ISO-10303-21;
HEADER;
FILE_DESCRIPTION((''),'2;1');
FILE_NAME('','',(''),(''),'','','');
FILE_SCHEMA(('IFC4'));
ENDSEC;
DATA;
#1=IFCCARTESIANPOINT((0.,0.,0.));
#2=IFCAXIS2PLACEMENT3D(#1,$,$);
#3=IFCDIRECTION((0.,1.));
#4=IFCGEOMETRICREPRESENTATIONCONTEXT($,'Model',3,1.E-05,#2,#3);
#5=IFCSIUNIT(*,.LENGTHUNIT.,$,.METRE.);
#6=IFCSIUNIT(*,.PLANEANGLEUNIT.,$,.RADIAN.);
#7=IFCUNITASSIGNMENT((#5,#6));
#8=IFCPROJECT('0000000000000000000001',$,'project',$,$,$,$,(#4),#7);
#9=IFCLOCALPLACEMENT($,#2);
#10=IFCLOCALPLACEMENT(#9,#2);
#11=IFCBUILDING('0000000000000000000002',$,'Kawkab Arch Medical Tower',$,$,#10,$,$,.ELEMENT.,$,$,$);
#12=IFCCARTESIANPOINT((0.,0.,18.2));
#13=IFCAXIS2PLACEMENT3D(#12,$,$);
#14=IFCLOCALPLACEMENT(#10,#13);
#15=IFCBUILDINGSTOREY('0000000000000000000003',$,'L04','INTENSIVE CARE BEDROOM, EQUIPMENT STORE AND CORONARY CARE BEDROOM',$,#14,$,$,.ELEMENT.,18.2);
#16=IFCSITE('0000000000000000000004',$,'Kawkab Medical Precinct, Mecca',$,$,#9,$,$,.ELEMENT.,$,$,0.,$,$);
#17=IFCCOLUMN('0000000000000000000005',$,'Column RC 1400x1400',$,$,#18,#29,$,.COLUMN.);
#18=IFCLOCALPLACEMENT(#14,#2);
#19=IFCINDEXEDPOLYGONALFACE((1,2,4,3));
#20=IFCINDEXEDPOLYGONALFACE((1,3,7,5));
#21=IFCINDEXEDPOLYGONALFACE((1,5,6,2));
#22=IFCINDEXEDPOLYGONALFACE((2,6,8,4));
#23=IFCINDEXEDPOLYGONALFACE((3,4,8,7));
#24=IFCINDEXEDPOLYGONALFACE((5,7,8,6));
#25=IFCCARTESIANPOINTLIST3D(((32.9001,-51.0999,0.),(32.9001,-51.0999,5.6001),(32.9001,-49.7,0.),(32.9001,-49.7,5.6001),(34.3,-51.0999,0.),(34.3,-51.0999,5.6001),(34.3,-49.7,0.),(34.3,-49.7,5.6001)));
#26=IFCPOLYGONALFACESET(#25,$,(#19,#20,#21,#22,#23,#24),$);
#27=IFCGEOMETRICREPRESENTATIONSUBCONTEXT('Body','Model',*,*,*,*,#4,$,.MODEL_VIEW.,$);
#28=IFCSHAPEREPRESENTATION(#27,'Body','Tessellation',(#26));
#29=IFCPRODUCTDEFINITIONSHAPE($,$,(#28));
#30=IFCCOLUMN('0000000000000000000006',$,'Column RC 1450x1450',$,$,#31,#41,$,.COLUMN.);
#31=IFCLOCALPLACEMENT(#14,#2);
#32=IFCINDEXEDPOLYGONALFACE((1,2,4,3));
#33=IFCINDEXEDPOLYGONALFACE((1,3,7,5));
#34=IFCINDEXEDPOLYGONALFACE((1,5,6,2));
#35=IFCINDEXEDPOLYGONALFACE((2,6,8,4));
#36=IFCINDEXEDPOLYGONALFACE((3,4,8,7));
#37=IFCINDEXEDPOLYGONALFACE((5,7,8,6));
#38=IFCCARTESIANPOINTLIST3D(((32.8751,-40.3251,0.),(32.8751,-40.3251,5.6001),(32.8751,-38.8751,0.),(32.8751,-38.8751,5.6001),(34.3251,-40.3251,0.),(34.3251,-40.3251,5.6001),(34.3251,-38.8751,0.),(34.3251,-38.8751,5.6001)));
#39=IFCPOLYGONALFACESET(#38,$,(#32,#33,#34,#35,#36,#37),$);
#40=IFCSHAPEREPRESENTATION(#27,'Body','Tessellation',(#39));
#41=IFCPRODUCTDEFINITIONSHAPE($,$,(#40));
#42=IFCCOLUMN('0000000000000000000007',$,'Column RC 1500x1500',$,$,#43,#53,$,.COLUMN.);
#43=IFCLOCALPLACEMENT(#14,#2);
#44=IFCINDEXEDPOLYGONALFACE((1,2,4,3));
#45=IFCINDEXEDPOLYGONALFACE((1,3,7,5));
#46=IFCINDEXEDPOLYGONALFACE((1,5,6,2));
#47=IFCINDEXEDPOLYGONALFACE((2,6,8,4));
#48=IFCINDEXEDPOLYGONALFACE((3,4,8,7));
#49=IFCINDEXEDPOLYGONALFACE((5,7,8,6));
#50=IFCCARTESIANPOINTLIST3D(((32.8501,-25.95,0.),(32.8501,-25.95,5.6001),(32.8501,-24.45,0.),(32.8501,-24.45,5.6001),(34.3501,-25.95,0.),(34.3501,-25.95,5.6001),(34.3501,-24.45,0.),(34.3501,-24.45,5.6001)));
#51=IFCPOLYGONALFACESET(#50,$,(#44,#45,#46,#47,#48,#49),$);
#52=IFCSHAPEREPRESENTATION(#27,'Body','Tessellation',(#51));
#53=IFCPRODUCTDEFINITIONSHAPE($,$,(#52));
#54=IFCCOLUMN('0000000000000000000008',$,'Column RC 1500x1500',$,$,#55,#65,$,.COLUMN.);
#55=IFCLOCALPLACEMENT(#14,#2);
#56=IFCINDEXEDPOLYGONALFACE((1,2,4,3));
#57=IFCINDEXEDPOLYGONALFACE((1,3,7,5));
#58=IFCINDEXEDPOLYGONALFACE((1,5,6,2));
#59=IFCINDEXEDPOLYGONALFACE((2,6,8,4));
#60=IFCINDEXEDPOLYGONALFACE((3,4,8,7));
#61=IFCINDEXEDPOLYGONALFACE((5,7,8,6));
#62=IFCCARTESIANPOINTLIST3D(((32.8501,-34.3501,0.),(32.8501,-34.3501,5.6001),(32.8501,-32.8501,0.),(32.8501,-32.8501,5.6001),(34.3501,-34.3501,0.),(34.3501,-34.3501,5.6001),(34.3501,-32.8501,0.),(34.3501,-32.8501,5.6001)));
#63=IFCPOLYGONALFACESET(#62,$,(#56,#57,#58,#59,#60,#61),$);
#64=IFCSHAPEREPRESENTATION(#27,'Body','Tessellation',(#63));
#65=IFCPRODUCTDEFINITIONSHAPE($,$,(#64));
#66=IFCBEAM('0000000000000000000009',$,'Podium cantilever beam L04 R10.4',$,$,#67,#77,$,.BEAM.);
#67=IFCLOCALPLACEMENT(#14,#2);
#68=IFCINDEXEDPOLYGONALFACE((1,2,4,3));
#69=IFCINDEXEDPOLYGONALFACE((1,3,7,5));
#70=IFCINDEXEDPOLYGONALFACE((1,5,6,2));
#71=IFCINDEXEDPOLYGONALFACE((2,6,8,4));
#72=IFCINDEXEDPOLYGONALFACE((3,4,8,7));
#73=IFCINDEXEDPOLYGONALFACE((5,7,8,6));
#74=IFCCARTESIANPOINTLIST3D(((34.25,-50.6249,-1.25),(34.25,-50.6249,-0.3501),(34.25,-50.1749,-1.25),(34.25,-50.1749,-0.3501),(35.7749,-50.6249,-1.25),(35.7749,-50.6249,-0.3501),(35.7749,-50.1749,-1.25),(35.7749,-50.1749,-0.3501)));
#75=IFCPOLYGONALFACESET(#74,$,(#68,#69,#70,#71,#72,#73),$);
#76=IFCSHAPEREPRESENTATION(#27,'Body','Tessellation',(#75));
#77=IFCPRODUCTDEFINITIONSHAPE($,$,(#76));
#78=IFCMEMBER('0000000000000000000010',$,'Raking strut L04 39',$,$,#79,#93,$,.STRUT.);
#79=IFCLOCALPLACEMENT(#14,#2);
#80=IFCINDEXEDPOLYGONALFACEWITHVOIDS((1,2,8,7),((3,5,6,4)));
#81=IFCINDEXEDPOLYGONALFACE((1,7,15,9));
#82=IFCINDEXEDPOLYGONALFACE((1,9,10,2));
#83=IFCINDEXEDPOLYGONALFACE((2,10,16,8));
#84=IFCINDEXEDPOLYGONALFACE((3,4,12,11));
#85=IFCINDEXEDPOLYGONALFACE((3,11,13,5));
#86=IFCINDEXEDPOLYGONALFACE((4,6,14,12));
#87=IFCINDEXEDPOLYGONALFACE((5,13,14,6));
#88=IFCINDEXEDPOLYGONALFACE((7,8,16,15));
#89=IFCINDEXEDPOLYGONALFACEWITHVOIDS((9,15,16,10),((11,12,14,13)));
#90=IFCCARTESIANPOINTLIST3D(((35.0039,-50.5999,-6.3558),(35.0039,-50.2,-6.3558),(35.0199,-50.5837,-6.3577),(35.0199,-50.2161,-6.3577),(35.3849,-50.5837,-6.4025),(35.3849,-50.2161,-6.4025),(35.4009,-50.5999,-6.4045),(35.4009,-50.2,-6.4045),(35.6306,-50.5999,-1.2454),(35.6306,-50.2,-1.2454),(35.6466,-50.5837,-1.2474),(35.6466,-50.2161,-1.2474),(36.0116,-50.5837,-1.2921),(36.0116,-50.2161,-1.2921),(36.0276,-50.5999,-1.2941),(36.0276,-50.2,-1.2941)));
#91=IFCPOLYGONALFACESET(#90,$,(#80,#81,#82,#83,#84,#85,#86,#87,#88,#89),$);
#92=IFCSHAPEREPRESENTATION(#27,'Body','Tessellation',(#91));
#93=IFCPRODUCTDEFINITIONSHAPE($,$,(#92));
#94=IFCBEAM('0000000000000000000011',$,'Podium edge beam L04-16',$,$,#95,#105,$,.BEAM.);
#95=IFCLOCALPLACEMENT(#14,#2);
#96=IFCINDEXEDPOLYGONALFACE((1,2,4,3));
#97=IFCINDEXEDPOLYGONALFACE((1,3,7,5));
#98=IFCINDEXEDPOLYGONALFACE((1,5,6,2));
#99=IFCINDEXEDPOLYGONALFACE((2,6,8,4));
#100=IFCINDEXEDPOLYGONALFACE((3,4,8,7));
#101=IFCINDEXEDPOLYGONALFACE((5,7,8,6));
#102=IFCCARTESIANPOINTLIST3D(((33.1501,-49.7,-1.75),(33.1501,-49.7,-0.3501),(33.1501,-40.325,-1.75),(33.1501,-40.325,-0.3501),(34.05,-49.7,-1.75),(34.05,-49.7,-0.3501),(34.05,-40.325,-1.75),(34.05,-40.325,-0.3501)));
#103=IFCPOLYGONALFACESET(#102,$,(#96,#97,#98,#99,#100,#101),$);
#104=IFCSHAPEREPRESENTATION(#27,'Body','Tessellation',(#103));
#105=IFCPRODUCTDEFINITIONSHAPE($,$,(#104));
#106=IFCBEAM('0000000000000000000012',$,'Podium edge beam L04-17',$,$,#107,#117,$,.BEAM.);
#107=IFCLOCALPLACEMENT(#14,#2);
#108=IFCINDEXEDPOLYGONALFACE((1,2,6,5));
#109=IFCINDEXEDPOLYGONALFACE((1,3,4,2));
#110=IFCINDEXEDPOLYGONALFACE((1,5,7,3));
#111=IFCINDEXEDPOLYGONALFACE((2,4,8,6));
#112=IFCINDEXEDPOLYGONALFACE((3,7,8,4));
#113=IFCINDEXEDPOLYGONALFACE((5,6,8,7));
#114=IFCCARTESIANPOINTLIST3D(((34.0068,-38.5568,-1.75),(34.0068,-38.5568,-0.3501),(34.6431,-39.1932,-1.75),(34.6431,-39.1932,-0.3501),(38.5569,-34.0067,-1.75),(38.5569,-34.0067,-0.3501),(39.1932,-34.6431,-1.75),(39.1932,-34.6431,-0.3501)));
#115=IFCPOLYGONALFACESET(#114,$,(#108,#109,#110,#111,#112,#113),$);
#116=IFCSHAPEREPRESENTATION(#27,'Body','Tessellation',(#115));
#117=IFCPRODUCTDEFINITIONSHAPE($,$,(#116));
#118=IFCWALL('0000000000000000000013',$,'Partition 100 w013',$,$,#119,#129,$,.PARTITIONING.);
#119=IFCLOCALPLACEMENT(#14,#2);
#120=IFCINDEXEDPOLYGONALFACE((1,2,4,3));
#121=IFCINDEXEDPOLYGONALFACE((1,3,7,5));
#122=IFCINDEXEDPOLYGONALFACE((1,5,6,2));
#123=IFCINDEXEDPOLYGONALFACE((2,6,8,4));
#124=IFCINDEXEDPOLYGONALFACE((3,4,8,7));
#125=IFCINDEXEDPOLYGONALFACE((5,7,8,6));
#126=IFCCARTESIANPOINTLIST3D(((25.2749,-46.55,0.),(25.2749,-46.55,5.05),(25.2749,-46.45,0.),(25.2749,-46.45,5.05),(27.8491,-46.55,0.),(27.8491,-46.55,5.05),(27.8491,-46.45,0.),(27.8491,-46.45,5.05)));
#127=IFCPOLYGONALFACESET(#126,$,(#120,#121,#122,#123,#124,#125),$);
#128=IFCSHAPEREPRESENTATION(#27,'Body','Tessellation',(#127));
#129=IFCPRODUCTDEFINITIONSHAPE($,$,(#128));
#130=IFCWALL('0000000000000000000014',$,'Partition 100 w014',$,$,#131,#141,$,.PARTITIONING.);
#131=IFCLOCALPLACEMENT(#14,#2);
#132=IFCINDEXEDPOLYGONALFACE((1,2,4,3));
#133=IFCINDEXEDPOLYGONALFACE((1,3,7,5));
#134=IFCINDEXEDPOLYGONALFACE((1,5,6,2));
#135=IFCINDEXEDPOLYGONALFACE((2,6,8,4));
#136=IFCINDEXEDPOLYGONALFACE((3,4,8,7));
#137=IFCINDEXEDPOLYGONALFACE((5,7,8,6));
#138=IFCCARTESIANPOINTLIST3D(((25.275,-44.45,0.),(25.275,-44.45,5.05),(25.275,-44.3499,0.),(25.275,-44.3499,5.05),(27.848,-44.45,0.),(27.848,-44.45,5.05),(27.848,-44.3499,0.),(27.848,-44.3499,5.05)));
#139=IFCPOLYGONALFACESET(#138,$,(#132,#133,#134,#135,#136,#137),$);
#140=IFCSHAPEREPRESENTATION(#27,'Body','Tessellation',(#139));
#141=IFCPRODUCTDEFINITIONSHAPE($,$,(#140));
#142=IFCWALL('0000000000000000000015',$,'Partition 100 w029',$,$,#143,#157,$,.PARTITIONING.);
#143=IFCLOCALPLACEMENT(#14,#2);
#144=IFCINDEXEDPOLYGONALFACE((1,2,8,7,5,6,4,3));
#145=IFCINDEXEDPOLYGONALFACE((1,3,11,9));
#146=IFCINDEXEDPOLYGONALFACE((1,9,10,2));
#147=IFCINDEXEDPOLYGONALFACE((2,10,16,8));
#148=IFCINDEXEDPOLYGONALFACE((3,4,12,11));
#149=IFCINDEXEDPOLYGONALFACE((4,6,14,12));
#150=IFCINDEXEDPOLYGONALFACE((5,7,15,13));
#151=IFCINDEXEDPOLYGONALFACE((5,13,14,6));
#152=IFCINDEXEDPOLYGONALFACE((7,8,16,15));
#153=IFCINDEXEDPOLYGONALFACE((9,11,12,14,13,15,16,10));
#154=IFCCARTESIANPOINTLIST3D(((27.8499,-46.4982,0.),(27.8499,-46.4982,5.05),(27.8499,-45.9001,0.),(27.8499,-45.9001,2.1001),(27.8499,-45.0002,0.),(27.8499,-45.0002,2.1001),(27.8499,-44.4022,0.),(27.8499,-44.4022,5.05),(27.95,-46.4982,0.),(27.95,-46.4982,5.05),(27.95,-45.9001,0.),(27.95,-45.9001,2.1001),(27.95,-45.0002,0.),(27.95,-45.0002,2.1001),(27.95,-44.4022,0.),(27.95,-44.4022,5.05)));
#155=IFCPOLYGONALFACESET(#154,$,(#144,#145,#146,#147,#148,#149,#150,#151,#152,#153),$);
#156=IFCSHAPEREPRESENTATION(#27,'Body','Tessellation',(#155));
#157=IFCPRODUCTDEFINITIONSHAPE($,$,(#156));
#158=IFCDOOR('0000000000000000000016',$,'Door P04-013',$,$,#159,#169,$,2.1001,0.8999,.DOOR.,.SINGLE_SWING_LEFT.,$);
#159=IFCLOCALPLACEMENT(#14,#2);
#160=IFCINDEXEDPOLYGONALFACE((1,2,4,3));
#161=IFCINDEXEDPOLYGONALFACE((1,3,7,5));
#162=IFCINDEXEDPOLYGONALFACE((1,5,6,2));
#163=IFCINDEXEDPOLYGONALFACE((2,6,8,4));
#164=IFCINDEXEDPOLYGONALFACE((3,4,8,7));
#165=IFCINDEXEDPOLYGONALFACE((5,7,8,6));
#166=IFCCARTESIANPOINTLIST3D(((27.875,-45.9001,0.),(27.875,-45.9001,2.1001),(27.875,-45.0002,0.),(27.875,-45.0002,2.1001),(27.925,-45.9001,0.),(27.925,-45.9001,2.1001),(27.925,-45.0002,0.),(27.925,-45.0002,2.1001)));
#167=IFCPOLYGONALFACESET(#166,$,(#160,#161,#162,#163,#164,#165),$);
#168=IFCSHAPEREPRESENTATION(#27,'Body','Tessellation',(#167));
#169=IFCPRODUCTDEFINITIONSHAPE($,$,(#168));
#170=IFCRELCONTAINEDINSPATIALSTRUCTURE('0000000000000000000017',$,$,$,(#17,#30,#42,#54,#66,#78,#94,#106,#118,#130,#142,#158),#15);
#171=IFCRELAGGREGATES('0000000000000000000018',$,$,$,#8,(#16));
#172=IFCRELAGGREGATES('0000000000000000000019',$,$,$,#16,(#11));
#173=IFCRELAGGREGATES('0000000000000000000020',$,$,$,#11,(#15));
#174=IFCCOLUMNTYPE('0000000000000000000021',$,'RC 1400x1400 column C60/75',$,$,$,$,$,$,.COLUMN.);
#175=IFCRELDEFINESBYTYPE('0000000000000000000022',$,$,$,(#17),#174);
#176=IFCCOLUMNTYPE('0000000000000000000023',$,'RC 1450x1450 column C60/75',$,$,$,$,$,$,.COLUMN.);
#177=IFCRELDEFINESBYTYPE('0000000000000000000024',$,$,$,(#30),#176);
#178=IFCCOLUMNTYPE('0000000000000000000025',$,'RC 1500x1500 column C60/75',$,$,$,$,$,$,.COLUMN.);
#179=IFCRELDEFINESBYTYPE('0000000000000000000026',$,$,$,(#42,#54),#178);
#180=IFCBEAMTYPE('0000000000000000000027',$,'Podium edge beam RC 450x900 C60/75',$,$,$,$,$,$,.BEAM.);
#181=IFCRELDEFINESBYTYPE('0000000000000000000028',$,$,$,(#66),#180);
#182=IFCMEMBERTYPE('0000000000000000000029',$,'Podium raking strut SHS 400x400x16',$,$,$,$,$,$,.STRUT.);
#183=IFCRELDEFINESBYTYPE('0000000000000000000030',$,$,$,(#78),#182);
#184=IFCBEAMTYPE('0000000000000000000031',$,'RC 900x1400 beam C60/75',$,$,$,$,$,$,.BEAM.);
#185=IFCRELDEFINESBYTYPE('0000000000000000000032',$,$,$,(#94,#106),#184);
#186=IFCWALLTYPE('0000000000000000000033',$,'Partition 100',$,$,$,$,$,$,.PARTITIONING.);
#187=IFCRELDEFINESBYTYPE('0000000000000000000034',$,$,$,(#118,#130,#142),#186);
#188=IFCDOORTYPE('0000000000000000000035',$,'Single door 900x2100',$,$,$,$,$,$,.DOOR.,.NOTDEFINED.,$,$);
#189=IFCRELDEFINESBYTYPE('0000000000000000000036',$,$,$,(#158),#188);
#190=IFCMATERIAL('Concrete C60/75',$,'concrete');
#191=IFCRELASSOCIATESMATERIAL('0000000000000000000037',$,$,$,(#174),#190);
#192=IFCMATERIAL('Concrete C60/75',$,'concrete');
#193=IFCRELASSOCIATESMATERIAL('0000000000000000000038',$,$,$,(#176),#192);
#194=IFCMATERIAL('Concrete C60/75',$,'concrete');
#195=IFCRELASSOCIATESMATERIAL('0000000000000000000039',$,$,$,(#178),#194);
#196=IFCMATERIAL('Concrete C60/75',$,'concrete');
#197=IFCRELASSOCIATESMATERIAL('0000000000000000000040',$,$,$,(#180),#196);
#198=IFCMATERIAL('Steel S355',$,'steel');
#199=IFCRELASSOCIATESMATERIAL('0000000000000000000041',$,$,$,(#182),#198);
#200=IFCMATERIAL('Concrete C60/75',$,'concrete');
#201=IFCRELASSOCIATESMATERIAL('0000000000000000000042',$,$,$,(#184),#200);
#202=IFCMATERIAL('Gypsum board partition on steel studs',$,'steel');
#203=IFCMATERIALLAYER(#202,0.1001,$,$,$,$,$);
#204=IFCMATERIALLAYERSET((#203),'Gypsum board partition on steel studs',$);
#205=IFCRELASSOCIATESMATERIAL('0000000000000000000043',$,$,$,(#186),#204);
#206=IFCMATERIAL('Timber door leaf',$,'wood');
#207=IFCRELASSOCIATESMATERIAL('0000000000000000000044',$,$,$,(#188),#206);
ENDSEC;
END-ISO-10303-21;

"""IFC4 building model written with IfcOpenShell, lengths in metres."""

from ifc_helpers import new_model, si_unit, direction, frame, frame_2d, origin, origin_2d, place, context, subcontext, project, spatial, rectangle, hollow_rectangle, extrude, material, layer, layer_set, material_profile, profile_set, type_object, element, fill, save


model = new_model("IFC4")

# Units and contexts
model_context = context("Model", 3, precision=1e-05, world=origin(), true_north=direction((0.0, 1.0)))
body_context = subcontext(model_context, "Body", "Model", "MODEL_VIEW")
ifc_project = project(units=[si_unit("LENGTHUNIT", "METRE"), si_unit("PLANEANGLEUNIT", "RADIAN")], contexts=[model_context])

# Site, building, storey
site_placement = place(None, origin())
site = spatial("IfcSite", under=ifc_project, at=site_placement, Name="Kawkab Medical Precinct, Mecca", CompositionType="ELEMENT", RefElevation=0.0)
building_placement = place(site_placement, origin())
building = spatial("IfcBuilding", under=site, at=building_placement, Name="Kawkab Arch Medical Tower", CompositionType="ELEMENT")
storey_placement = place(building_placement, frame((0.0, 0.0, 18.2)))
storey = spatial("IfcBuildingStorey", under=building, at=storey_placement, Name="L04", Description="INTENSIVE CARE BEDROOM, EQUIPMENT STORE AND CORONARY CARE BEDROOM", CompositionType="ELEMENT", Elevation=18.2)

# Columns
ifc_material_1 = material(Name="Concrete C60/75", Category="concrete")
ifc_material_profile_1 = material_profile(ifc_material_1, rectangle(XDim=1.3999, YDim=1.3999, at=origin_2d()), Name="RC 1400x1400")
ifc_profile_set_1 = profile_set([ifc_material_profile_1], Name="Concrete C60/75")
column_type_1 = type_object("IfcColumnType", Name="RC 1400x1400 column C60/75", PredefinedType="COLUMN", material=ifc_profile_set_1)
column_1_placement = place(storey_placement, frame((33.6001, -50.3999, 0.0), z_axis=(0.0, 0.0, 1.0), x_axis=(1.0, 0.0, 0.0)))
element("IfcColumn", 1, at=column_1_placement, inside=storey, type_object=column_type_1, Name="Column RC 1400x1400", PredefinedType="COLUMN", context=body_context, shape_type="SweptSolid", body=[
    extrude(rectangle(XDim=1.3999, YDim=1.3999, at=origin_2d()), origin(), (0.0, 0.0, 1.0), 5.6001),
])
ifc_material_2 = material(Name="Concrete C60/75", Category="concrete")
ifc_material_profile_2 = material_profile(ifc_material_2, rectangle(XDim=1.45, YDim=1.45, at=origin_2d()), Name="RC 1450x1450")
ifc_profile_set_2 = profile_set([ifc_material_profile_2], Name="Concrete C60/75")
column_type_2 = type_object("IfcColumnType", Name="RC 1450x1450 column C60/75", PredefinedType="COLUMN", material=ifc_profile_set_2)
column_2_placement = place(storey_placement, frame((33.6001, -39.6001, 0.0), z_axis=(0.0, 0.0, 1.0), x_axis=(1.0, 0.0, 0.0)))
element("IfcColumn", 2, at=column_2_placement, inside=storey, type_object=column_type_2, Name="Column RC 1450x1450", PredefinedType="COLUMN", context=body_context, shape_type="SweptSolid", body=[
    extrude(rectangle(XDim=1.45, YDim=1.45, at=origin_2d()), origin(), (0.0, 0.0, 1.0), 5.6001),
])
ifc_material_3 = material(Name="Concrete C60/75", Category="concrete")
ifc_material_profile_3 = material_profile(ifc_material_3, rectangle(XDim=1.5, YDim=1.5, at=origin_2d()), Name="RC 1500x1500")
ifc_profile_set_3 = profile_set([ifc_material_profile_3], Name="Concrete C60/75")
column_type_3 = type_object("IfcColumnType", Name="RC 1500x1500 column C60/75", PredefinedType="COLUMN", material=ifc_profile_set_3)
for number, where, z_axis, x_axis, name in (
    (3, (33.6001, -25.2, 0.0), (0.0, 0.0, 1.0), (1.0, 0.0, 0.0), "Column RC 1500x1500"),
    (4, (33.6001, -33.6001, 0.0), (0.0, 0.0, 1.0), (1.0, 0.0, 0.0), "Column RC 1500x1500"),
):
    element("IfcColumn", number, at=place(storey_placement, frame(where, z_axis=z_axis, x_axis=x_axis)), inside=storey, type_object=column_type_3, Name=name, PredefinedType="COLUMN", context=body_context, shape_type="SweptSolid", body=[
        extrude(rectangle(XDim=1.5, YDim=1.5, at=origin_2d()), origin(), (0.0, 0.0, 1.0), 5.6001),
    ])

# Beam
ifc_material_4 = material(Name="Concrete C60/75", Category="concrete")
ifc_material_profile_4 = material_profile(ifc_material_4, rectangle(XDim=0.45, YDim=0.8999, at=origin_2d()), Name="RC 450x900")
ifc_profile_set_4 = profile_set([ifc_material_profile_4], Name="Concrete C60/75")
beam_type_1 = type_object("IfcBeamType", Name="Podium edge beam RC 450x900 C60/75", PredefinedType="BEAM", material=ifc_profile_set_4)
beam_1_placement = place(storey_placement, frame((34.25, -50.3999, -0.8), z_axis=(1.0, 0.0, 0.0), x_axis=(0.0, 1.0, 0.0)))
element("IfcBeam", 5, at=beam_1_placement, inside=storey, type_object=beam_type_1, Name="Podium cantilever beam L04 R10.4", PredefinedType="BEAM", context=body_context, shape_type="SweptSolid", body=[
    extrude(rectangle(XDim=0.45, YDim=0.8999, at=origin_2d()), origin(), (0.0, 0.0, 1.0), 1.5249),
])

# Member
ifc_material_5 = material(Name="Steel S355", Category="steel")
ifc_material_profile_5 = material_profile(ifc_material_5, hollow_rectangle(XDim=0.3999, YDim=0.3999, WallThickness=0.0161, at=origin_2d()), Name="SHS 400x400x16")
ifc_profile_set_5 = profile_set([ifc_material_profile_5], Name="Steel S355")
member_type = type_object("IfcMemberType", Name="Podium raking strut SHS 400x400x16", PredefinedType="STRUT", material=ifc_profile_set_5)
member_placement = place(storey_placement, frame((35.2024, -50.3999, -6.3801), z_axis=(0.121723, 0.0, 0.992564), x_axis=(0.0, 1.0, 0.0)))
element("IfcMember", 6, at=member_placement, inside=storey, type_object=member_type, Name="Raking strut L04 39", PredefinedType="STRUT", context=body_context, shape_type="SweptSolid", body=[
    extrude(hollow_rectangle(XDim=0.3999, YDim=0.3999, WallThickness=0.0161, at=origin_2d()), origin(), (0.0, 0.0, 1.0), 5.1487),
])

# Beams
ifc_material_6 = material(Name="Concrete C60/75", Category="concrete")
ifc_material_profile_6 = material_profile(ifc_material_6, rectangle(XDim=0.8999, YDim=1.3999, at=origin_2d()), Name="RC 900x1400")
ifc_profile_set_6 = profile_set([ifc_material_profile_6], Name="Concrete C60/75")
beam_type_2 = type_object("IfcBeamType", Name="RC 900x1400 beam C60/75", PredefinedType="BEAM", material=ifc_profile_set_6)
beam_2_placement = place(storey_placement, frame((33.6001, -49.7, -1.05), z_axis=(0.0, 1.0, 0.0), x_axis=(-1.0, 0.0, 0.0)))
element("IfcBeam", 7, at=beam_2_placement, inside=storey, type_object=beam_type_2, Name="Podium edge beam L04-16", PredefinedType="BEAM", context=body_context, shape_type="SweptSolid", body=[
    extrude(rectangle(XDim=0.8999, YDim=1.3999, at=origin_2d()), origin(), (0.0, 0.0, 1.0), 9.375),
])
beam_3_placement = place(storey_placement, frame((34.325, -38.875, -1.05), z_axis=(0.707107, 0.707107, 0.0), x_axis=(-0.707107, 0.707107, 0.0)))
element("IfcBeam", 8, at=beam_3_placement, inside=storey, type_object=beam_type_2, Name="Podium edge beam L04-17", PredefinedType="BEAM", context=body_context, shape_type="SweptSolid", body=[
    extrude(rectangle(XDim=0.8999, YDim=1.3999, at=origin_2d()), origin(), (0.0, 0.0, 1.0), 6.4348),
])

# Walls
ifc_material_7 = material(Name="Gypsum board partition on steel studs", Category="steel")
ifc_layer_1 = layer(ifc_material_7, 0.1001)
ifc_layer_set_1 = layer_set([ifc_layer_1], Name="Gypsum board partition on steel studs")
wall_type_1 = type_object("IfcWallType", Name="Partition 100", PredefinedType="PARTITIONING", material=ifc_layer_set_1)
wall_1_placement = place(storey_placement, frame((25.2749, -46.5, 0.0), z_axis=(0.0, 0.0, 1.0), x_axis=(1.0, 0.0, 0.0)))
element("IfcWall", 9, at=wall_1_placement, inside=storey, type_object=wall_type_1, Name="Partition 100 w013", PredefinedType="PARTITIONING", context=body_context, shape_type="SweptSolid", body=[
    extrude(rectangle(XDim=2.5742, YDim=0.1001, at=frame_2d((1.2871, 0.0))), origin(), (0.0, 0.0, 1.0), 5.05),
])
wall_2_placement = place(storey_placement, frame((25.2749, -44.3999, 0.0), z_axis=(0.0, 0.0, 1.0), x_axis=(1.0, 0.0, 0.0)))
element("IfcWall", 10, at=wall_2_placement, inside=storey, type_object=wall_type_1, Name="Partition 100 w014", PredefinedType="PARTITIONING", context=body_context, shape_type="SweptSolid", body=[
    extrude(rectangle(XDim=2.573, YDim=0.1001, at=frame_2d((1.2866, 0.0))), origin(), (0.0, 0.0, 1.0), 5.05),
])

# Wall, opening, door
wall_3_placement = place(storey_placement, frame((27.8999, -46.498, 0.0), z_axis=(0.0, 0.0, 1.0), x_axis=(0.0, 1.0, 0.0)))
wall_3 = element("IfcWall", 11, at=wall_3_placement, inside=storey, type_object=wall_type_1, Name="Partition 100 w029", PredefinedType="PARTITIONING", context=body_context, shape_type="SweptSolid", body=[
    extrude(rectangle(XDim=2.0959, YDim=0.1001, at=frame_2d((1.0479, 0.0))), origin(), (0.0, 0.0, 1.0), 5.05),
])
opening_1_placement = place(wall_3_placement, frame((0.5979, 0.0, 0.0)))
opening_1 = element("IfcOpeningElement", 12, at=opening_1_placement, cuts=wall_3, PredefinedType="OPENING", context=body_context, shape_type="SweptSolid", body=[
    extrude(rectangle(XDim=0.8999, YDim=2.1001, at=frame_2d((0.45, 1.05))), frame((0.0, 0.0601, 0.0), z_axis=(0.0, -1.0, 0.0), x_axis=(1.0, 0.0, 0.0)), (0.0, 0.0, 1.0), 0.1201),
])
ifc_material_8 = material(Name="Timber door leaf", Category="wood")
door_type_1 = type_object("IfcDoorType", Name="Single door 900x2100", OperationType="NOTDEFINED", PredefinedType="DOOR", material=ifc_material_8)
door_1_placement = place(opening_1_placement, origin())
door_1 = element("IfcDoor", 13, at=door_1_placement, inside=storey, type_object=door_type_1, Name="Door P04-013", OperationType="SINGLE_SWING_LEFT", OverallHeight=2.1001, OverallWidth=0.8999, PredefinedType="DOOR", context=body_context, shape_type="SweptSolid", body=[
    extrude(rectangle(XDim=0.8999, YDim=2.1001, at=frame_2d((0.45, 1.05))), frame((0.0, 0.0249, 0.0), z_axis=(0.0, -1.0, 0.0), x_axis=(1.0, 0.0, 0.0)), (0.0, 0.0, 1.0), 0.05),
])
fill(opening_1, door_1)

save(model, "model.ifc")
